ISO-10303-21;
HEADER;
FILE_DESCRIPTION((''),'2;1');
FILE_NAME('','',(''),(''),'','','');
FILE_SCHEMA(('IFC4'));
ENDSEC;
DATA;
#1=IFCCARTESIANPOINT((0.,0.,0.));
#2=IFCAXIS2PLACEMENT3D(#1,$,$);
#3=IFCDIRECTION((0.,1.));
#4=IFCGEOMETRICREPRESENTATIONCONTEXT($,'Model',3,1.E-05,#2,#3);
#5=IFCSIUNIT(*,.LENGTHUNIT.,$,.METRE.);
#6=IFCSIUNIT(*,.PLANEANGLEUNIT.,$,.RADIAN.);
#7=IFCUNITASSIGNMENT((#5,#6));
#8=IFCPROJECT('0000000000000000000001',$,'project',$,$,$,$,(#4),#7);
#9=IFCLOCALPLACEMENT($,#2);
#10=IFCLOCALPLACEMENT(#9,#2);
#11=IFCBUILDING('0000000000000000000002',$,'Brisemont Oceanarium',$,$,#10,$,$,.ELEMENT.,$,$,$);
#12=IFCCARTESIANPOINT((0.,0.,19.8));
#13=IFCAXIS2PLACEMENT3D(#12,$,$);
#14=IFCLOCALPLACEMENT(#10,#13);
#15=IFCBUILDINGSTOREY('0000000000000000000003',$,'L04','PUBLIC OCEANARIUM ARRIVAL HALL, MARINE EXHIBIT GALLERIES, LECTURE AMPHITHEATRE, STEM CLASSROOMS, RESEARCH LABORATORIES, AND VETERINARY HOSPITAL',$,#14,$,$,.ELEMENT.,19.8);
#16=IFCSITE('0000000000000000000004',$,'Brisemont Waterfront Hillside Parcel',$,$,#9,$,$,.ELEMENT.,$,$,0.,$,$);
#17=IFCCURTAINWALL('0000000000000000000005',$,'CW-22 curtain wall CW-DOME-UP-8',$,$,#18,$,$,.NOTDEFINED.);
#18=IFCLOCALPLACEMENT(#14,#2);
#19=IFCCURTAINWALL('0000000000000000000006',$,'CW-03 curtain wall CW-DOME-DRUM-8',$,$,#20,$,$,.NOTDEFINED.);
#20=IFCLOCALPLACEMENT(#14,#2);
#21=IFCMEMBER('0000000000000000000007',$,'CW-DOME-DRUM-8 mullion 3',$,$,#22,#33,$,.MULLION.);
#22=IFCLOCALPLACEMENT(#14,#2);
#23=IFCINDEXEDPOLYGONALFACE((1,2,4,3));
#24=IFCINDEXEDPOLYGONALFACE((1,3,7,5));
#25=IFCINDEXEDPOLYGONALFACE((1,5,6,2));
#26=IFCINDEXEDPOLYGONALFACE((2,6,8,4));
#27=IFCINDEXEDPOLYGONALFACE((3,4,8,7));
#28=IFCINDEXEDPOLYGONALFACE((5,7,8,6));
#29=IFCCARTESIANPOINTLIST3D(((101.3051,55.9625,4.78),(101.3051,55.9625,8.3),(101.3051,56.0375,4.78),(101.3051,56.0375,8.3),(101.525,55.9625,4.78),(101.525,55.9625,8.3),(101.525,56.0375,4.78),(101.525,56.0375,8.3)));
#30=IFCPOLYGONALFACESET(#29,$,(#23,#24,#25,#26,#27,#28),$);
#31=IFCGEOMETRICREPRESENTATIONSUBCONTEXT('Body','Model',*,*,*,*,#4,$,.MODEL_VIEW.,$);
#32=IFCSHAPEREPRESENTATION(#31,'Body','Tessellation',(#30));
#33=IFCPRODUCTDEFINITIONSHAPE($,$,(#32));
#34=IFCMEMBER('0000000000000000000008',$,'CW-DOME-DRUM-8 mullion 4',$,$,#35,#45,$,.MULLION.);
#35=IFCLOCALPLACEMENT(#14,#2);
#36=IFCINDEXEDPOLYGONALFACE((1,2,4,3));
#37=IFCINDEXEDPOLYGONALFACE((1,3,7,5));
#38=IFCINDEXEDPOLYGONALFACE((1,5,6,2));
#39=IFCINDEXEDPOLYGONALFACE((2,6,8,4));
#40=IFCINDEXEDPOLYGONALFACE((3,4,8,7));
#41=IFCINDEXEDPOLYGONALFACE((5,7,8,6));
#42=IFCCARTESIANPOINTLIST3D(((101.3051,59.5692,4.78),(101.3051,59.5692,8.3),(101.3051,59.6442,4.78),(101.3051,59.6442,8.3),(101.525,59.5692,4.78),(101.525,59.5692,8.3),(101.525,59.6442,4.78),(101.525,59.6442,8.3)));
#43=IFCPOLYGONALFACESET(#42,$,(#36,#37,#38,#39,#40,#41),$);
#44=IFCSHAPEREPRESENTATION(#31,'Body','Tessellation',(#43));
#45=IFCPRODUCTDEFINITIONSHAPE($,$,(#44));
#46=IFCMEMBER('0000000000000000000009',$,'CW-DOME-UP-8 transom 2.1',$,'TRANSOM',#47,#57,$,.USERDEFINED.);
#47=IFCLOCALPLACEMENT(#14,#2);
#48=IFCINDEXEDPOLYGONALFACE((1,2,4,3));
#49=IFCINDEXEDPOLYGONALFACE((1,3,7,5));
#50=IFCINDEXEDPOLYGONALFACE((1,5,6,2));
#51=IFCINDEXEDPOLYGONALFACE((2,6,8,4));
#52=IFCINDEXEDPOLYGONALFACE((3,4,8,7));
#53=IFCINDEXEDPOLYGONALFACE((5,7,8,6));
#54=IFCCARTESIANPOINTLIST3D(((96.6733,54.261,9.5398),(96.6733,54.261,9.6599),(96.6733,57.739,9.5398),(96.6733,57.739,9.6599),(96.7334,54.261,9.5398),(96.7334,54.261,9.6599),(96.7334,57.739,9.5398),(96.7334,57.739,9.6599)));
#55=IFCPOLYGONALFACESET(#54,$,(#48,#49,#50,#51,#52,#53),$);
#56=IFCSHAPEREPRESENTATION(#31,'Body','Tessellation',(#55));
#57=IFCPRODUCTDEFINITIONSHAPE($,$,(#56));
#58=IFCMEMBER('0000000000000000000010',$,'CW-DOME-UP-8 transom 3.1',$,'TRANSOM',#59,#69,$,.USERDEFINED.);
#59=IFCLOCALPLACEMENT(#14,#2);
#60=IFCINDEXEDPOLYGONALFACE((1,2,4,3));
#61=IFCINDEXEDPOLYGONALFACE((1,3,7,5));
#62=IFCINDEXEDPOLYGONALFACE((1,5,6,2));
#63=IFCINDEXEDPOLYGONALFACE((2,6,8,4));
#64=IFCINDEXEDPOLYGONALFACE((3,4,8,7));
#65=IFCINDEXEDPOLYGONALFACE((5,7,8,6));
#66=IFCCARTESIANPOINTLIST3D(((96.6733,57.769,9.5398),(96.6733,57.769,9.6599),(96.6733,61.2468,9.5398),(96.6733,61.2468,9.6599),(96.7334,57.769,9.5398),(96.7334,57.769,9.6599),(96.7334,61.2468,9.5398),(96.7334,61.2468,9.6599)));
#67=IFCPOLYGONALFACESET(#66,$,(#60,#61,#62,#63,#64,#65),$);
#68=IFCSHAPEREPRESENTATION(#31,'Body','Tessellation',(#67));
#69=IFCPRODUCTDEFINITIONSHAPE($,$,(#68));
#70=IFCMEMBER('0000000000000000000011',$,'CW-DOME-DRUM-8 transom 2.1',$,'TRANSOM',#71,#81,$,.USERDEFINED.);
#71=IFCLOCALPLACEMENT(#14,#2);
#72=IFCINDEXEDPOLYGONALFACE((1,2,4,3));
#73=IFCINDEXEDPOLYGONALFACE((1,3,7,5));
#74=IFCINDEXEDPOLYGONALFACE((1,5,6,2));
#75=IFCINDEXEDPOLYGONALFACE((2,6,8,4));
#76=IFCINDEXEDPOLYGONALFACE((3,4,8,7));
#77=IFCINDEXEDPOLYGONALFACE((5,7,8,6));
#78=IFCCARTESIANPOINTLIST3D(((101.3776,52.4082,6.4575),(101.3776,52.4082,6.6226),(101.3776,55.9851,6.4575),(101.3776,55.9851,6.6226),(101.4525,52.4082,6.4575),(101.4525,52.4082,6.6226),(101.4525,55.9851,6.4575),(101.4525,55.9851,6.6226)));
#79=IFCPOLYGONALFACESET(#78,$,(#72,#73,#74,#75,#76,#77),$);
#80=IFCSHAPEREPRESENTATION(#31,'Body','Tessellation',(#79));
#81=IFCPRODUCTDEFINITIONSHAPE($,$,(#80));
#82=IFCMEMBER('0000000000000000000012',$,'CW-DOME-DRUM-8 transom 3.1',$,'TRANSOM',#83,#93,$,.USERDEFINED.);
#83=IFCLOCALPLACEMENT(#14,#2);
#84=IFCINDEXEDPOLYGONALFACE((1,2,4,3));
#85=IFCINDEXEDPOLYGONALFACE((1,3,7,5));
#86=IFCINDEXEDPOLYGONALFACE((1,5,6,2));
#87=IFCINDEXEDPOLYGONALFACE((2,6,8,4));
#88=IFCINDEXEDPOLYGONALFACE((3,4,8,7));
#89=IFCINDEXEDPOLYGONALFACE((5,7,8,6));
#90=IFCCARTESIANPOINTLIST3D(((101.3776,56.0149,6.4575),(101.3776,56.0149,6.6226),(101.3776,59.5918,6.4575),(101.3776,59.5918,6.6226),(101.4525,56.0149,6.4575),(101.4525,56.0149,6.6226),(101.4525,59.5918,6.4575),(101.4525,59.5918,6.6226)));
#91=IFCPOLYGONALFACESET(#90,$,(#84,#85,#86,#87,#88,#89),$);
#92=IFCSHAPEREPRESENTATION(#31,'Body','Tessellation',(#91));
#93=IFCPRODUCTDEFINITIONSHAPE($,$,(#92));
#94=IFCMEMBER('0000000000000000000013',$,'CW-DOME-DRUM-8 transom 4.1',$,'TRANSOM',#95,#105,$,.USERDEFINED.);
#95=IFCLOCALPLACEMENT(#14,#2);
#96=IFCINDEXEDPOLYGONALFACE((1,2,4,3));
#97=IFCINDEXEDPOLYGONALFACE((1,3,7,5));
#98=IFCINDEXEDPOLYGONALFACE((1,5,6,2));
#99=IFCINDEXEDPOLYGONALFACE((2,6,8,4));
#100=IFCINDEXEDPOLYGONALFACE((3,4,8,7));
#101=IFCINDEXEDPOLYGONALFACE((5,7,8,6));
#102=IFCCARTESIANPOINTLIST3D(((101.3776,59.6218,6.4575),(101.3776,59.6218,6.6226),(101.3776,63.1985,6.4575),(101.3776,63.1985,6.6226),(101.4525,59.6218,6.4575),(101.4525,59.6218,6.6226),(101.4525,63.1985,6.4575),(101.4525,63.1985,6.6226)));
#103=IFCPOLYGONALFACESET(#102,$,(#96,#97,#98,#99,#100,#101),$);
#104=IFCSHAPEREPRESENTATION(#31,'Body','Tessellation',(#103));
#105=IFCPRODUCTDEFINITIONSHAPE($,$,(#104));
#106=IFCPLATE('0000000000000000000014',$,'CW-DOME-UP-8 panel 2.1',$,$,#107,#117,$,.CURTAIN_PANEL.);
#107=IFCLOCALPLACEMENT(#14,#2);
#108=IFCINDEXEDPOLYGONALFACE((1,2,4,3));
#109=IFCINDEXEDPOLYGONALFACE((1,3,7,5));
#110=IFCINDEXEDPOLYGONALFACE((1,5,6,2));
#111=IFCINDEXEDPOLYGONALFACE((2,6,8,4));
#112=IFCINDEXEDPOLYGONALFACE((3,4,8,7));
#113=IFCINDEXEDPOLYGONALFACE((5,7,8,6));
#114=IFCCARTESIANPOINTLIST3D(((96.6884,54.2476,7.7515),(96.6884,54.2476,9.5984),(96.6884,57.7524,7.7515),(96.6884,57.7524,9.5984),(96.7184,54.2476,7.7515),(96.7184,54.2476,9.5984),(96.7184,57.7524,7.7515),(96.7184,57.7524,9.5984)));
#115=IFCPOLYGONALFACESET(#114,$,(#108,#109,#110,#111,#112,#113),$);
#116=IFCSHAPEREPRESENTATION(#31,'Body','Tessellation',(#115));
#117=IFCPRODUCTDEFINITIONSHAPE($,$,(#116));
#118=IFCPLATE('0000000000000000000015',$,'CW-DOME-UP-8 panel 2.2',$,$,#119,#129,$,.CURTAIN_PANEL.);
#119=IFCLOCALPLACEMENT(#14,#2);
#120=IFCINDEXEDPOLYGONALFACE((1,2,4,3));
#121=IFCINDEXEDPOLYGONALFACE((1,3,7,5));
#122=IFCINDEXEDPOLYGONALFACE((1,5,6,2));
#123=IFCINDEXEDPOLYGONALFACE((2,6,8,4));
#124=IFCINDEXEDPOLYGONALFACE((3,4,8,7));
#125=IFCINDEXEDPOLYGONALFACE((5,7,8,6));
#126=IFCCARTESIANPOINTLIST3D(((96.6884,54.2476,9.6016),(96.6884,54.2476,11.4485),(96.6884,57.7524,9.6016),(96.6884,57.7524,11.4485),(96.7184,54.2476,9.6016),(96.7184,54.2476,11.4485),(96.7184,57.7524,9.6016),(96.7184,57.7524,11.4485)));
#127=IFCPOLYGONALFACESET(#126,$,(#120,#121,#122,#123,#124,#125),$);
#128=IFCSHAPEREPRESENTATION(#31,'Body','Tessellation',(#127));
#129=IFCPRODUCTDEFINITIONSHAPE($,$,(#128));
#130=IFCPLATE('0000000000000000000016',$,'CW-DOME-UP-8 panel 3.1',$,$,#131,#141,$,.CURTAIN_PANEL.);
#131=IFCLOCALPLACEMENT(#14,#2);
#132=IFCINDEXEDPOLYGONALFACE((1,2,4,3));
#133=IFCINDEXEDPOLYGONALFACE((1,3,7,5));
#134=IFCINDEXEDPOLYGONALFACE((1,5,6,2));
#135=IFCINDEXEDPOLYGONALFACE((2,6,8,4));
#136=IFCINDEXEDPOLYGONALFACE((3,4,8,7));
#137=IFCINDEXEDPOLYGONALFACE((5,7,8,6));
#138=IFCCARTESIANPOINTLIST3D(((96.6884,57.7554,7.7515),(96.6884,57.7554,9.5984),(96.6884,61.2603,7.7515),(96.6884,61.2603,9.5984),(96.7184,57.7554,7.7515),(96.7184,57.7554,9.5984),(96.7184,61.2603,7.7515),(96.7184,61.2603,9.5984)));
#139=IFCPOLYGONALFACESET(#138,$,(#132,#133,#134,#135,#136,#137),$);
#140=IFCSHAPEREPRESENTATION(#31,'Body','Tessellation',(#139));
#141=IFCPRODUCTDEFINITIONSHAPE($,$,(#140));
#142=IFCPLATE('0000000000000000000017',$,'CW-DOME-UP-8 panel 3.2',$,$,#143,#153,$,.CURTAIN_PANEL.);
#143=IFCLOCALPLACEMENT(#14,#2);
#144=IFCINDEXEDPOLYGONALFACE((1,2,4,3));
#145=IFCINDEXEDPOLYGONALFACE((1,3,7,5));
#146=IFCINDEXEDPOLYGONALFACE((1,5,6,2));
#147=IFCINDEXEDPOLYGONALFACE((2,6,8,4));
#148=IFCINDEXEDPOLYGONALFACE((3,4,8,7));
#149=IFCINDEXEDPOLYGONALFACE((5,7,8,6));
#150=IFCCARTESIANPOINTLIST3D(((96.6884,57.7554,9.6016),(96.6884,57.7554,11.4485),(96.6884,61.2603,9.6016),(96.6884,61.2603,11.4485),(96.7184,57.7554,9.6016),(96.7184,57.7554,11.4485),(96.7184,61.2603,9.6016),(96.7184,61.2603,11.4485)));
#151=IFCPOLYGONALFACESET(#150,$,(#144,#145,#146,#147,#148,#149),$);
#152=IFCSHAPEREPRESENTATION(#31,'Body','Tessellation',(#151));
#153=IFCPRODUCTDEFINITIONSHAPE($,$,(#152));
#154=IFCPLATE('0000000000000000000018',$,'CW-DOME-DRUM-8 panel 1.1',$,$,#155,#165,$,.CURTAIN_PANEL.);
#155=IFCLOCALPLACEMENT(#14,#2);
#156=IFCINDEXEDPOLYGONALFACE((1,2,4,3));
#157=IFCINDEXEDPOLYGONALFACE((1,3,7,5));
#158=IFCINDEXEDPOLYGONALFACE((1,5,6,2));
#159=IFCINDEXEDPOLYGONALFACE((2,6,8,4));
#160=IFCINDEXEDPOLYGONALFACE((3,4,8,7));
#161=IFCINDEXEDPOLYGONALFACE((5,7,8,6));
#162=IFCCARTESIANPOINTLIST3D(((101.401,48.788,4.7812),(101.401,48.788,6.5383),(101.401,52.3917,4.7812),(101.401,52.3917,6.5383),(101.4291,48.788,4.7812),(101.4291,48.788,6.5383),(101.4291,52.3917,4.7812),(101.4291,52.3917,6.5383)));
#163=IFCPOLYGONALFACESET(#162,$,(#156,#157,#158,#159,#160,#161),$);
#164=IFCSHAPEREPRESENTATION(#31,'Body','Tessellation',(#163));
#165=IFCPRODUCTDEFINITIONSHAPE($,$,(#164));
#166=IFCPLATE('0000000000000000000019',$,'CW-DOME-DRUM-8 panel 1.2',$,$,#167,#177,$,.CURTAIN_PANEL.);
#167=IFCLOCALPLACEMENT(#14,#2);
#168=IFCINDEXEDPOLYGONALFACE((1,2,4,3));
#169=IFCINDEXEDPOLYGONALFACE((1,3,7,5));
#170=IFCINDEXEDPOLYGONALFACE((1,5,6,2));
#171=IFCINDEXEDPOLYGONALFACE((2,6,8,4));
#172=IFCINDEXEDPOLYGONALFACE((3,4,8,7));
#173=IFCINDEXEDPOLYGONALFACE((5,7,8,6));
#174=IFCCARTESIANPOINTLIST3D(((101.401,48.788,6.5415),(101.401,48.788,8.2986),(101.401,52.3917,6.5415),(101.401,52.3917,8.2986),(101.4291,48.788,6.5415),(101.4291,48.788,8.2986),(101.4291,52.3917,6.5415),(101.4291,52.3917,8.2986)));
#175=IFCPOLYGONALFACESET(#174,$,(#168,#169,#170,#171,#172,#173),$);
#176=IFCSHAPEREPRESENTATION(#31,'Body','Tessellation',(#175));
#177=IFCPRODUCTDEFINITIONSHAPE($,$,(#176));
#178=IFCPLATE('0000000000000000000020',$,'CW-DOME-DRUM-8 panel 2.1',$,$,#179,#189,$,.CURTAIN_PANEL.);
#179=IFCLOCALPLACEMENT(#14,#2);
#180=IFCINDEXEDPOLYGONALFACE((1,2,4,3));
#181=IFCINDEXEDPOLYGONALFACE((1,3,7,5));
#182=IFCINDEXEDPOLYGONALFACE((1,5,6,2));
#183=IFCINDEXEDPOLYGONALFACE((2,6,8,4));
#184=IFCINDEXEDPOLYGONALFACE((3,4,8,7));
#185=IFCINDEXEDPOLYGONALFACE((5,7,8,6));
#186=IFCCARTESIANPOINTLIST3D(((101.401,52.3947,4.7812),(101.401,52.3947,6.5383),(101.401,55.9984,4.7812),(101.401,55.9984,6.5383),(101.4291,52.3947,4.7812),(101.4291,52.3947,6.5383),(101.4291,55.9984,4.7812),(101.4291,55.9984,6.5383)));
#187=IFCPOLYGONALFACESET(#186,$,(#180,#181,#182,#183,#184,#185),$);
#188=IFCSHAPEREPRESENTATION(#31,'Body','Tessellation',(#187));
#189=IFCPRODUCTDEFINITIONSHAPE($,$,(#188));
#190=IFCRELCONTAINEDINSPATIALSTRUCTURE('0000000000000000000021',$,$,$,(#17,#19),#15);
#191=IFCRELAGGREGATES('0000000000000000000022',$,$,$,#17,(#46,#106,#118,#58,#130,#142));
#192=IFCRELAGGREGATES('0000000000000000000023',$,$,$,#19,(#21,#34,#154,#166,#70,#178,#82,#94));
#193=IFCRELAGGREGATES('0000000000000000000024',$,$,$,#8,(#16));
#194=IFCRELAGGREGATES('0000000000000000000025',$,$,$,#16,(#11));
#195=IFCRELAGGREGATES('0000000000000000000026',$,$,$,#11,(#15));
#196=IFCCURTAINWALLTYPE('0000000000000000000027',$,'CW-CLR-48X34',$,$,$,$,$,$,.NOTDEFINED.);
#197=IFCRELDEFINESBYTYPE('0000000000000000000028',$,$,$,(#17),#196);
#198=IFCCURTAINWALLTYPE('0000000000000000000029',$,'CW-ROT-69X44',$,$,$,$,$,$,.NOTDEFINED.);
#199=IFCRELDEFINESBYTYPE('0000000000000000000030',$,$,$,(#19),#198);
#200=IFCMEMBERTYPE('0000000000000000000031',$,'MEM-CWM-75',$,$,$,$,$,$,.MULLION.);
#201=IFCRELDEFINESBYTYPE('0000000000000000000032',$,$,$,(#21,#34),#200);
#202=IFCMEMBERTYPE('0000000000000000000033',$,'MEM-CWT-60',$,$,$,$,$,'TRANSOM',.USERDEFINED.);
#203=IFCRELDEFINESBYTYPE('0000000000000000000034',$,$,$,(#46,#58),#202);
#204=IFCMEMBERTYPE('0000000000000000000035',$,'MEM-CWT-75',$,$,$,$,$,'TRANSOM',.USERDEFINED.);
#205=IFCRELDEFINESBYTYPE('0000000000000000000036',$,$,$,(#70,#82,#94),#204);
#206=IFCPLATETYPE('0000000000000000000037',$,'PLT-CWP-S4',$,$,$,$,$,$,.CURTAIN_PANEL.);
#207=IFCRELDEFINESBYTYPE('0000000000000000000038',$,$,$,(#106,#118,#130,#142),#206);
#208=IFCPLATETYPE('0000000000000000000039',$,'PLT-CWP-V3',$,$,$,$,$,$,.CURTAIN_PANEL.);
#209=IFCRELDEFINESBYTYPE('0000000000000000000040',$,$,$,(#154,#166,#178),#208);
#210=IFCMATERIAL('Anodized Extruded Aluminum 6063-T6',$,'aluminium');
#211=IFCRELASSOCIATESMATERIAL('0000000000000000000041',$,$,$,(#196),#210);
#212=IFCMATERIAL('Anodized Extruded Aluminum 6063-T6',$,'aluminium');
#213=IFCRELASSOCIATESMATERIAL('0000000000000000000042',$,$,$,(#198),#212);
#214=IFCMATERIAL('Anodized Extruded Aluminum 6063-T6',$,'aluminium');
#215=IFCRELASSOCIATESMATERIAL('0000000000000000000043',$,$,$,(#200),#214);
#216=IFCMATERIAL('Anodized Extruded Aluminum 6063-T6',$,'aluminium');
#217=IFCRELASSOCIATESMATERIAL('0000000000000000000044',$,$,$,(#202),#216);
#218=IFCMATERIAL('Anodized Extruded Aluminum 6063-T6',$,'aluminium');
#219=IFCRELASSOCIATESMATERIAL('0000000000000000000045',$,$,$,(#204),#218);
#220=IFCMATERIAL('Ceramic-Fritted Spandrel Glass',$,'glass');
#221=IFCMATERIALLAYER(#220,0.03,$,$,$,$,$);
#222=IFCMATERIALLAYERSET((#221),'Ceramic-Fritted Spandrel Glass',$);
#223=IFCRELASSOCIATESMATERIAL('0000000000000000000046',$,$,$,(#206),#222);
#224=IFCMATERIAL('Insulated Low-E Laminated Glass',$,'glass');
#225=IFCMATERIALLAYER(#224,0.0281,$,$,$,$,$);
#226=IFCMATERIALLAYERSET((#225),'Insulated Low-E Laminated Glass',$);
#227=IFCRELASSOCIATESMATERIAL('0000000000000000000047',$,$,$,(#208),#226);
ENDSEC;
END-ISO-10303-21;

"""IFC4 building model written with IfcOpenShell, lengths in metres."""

from ifc_helpers import new_model, si_unit, direction, frame, origin, origin_2d, place, context, subcontext, project, spatial, rectangle, extrude, material, layer, layer_set, material_profile, profile_set, type_object, element, aggregate, save


model = new_model("IFC4")

# Units and contexts
model_context = context("Model", 3, precision=1e-05, world=origin(), true_north=direction((0.0, 1.0)))
body_context = subcontext(model_context, "Body", "Model", "MODEL_VIEW")
ifc_project = project(units=[si_unit("LENGTHUNIT", "METRE"), si_unit("PLANEANGLEUNIT", "RADIAN")], contexts=[model_context])

# Site, building, storey
site_placement = place(None, origin())
site = spatial("IfcSite", under=ifc_project, at=site_placement, Name="Brisemont Waterfront Hillside Parcel", CompositionType="ELEMENT", RefElevation=0.0)
building_placement = place(site_placement, origin())
building = spatial("IfcBuilding", under=site, at=building_placement, Name="Brisemont Oceanarium", CompositionType="ELEMENT")
storey_placement = place(building_placement, frame((0.0, 0.0, 19.8)))
storey = spatial("IfcBuildingStorey", under=building, at=storey_placement, Name="L04", Description="PUBLIC OCEANARIUM ARRIVAL HALL, MARINE EXHIBIT GALLERIES, LECTURE AMPHITHEATRE, STEM CLASSROOMS, RESEARCH LABORATORIES, AND VETERINARY HOSPITAL", CompositionType="ELEMENT", Elevation=19.8)

# Curtain walls, members
ifc_material_1 = material(Name="Anodized Extruded Aluminum 6063-T6", Category="aluminium")
curtain_wall_type_1 = type_object("IfcCurtainWallType", Name="CW-CLR-48X34", PredefinedType="NOTDEFINED", material=ifc_material_1)
curtain_wall_1_placement = place(storey_placement, origin())
curtain_wall_1 = element("IfcCurtainWall", 1, at=curtain_wall_1_placement, inside=storey, type_object=curtain_wall_type_1, Name="CW-22 curtain wall CW-DOME-UP-8", PredefinedType="NOTDEFINED")
ifc_material_2 = material(Name="Anodized Extruded Aluminum 6063-T6", Category="aluminium")
curtain_wall_type_2 = type_object("IfcCurtainWallType", Name="CW-ROT-69X44", PredefinedType="NOTDEFINED", material=ifc_material_2)
curtain_wall_2_placement = place(storey_placement, origin())
curtain_wall_2 = element("IfcCurtainWall", 2, at=curtain_wall_2_placement, inside=storey, type_object=curtain_wall_type_2, Name="CW-03 curtain wall CW-DOME-DRUM-8", PredefinedType="NOTDEFINED")
ifc_material_3 = material(Name="Anodized Extruded Aluminum 6063-T6", Category="aluminium")
ifc_material_profile_1 = material_profile(ifc_material_3, rectangle(XDim=0.075, YDim=0.22, at=origin_2d()), Name="CWM-75X220")
ifc_profile_set_1 = profile_set([ifc_material_profile_1], Name="Anodized Extruded Aluminum 6063-T6")
member_type_1 = type_object("IfcMemberType", Name="MEM-CWM-75", PredefinedType="MULLION", material=ifc_profile_set_1)
member_1_placement = place(storey_placement, frame((101.415, 56.0, 4.78), z_axis=(0.0, 0.0, 1.0), x_axis=(0.0, 1.0, 0.0)))
member_1 = element("IfcMember", 3, at=member_1_placement, type_object=member_type_1, Name="CW-DOME-DRUM-8 mullion 3", PredefinedType="MULLION", context=body_context, shape_type="SweptSolid", body=[
    extrude(rectangle(XDim=0.075, YDim=0.22, at=origin_2d()), origin(), (0.0, 0.0, 1.0), 3.52),
])
member_2_placement = place(storey_placement, frame((101.415, 59.6067, 4.78), z_axis=(0.0, 0.0, 1.0), x_axis=(0.0, 1.0, 0.0)))
member_2 = element("IfcMember", 4, at=member_2_placement, type_object=member_type_1, Name="CW-DOME-DRUM-8 mullion 4", PredefinedType="MULLION", context=body_context, shape_type="SweptSolid", body=[
    extrude(rectangle(XDim=0.075, YDim=0.22, at=origin_2d()), origin(), (0.0, 0.0, 1.0), 3.52),
])

# Members
ifc_material_4 = material(Name="Anodized Extruded Aluminum 6063-T6", Category="aluminium")
ifc_material_profile_2 = material_profile(ifc_material_4, rectangle(XDim=0.0601, YDim=0.1201, at=origin_2d()), Name="CWT-60X120")
ifc_profile_set_2 = profile_set([ifc_material_profile_2], Name="Anodized Extruded Aluminum 6063-T6")
member_type_2 = type_object("IfcMemberType", Name="MEM-CWT-60", ElementType="TRANSOM", PredefinedType="USERDEFINED", material=ifc_profile_set_2)
member_3_placement = place(storey_placement, frame((96.7034, 54.261, 9.5999), z_axis=(0.0, 1.0, 0.0), x_axis=(-1.0, 0.0, 0.0)))
member_3 = element("IfcMember", 5, at=member_3_placement, type_object=member_type_2, Name="CW-DOME-UP-8 transom 2.1", ObjectType="TRANSOM", PredefinedType="USERDEFINED", context=body_context, shape_type="SweptSolid", body=[
    extrude(rectangle(XDim=0.0601, YDim=0.1201, at=origin_2d()), origin(), (0.0, 0.0, 1.0), 3.478),
])
member_4_placement = place(storey_placement, frame((96.7034, 57.769, 9.5999), z_axis=(0.0, 1.0, 0.0), x_axis=(-1.0, 0.0, 0.0)))
member_4 = element("IfcMember", 6, at=member_4_placement, type_object=member_type_2, Name="CW-DOME-UP-8 transom 3.1", ObjectType="TRANSOM", PredefinedType="USERDEFINED", context=body_context, shape_type="SweptSolid", body=[
    extrude(rectangle(XDim=0.0601, YDim=0.1201, at=origin_2d()), origin(), (0.0, 0.0, 1.0), 3.4778),
])
ifc_material_5 = material(Name="Anodized Extruded Aluminum 6063-T6", Category="aluminium")
ifc_material_profile_3 = material_profile(ifc_material_5, rectangle(XDim=0.075, YDim=0.165, at=origin_2d()), Name="CWT-75X165")
ifc_profile_set_3 = profile_set([ifc_material_profile_3], Name="Anodized Extruded Aluminum 6063-T6")
member_type_3 = type_object("IfcMemberType", Name="MEM-CWT-75", ElementType="TRANSOM", PredefinedType="USERDEFINED", material=ifc_profile_set_3)
member_5_placement = place(storey_placement, frame((101.415, 52.4082, 6.54), z_axis=(0.0, 1.0, 0.0), x_axis=(-1.0, 0.0, 0.0)))
member_5 = element("IfcMember", 7, at=member_5_placement, type_object=member_type_3, Name="CW-DOME-DRUM-8 transom 2.1", ObjectType="TRANSOM", PredefinedType="USERDEFINED", context=body_context, shape_type="SweptSolid", body=[
    extrude(rectangle(XDim=0.075, YDim=0.165, at=origin_2d()), origin(), (0.0, 0.0, 1.0), 3.5769),
])
member_6_placement = place(storey_placement, frame((101.415, 56.0149, 6.54), z_axis=(0.0, 1.0, 0.0), x_axis=(-1.0, 0.0, 0.0)))
member_6 = element("IfcMember", 8, at=member_6_placement, type_object=member_type_3, Name="CW-DOME-DRUM-8 transom 3.1", ObjectType="TRANSOM", PredefinedType="USERDEFINED", context=body_context, shape_type="SweptSolid", body=[
    extrude(rectangle(XDim=0.075, YDim=0.165, at=origin_2d()), origin(), (0.0, 0.0, 1.0), 3.5769),
])
member_7_placement = place(storey_placement, frame((101.415, 59.6218, 6.54), z_axis=(0.0, 1.0, 0.0), x_axis=(-1.0, 0.0, 0.0)))
member_7 = element("IfcMember", 9, at=member_7_placement, type_object=member_type_3, Name="CW-DOME-DRUM-8 transom 4.1", ObjectType="TRANSOM", PredefinedType="USERDEFINED", context=body_context, shape_type="SweptSolid", body=[
    extrude(rectangle(XDim=0.075, YDim=0.165, at=origin_2d()), origin(), (0.0, 0.0, 1.0), 3.5767),
])

# Plates
ifc_material_6 = material(Name="Ceramic-Fritted Spandrel Glass", Category="glass")
ifc_layer_1 = layer(ifc_material_6, 0.03)
ifc_layer_set_1 = layer_set([ifc_layer_1], Name="Ceramic-Fritted Spandrel Glass")
plate_type_1 = type_object("IfcPlateType", Name="PLT-CWP-S4", PredefinedType="CURTAIN_PANEL", material=ifc_layer_set_1)
plate_1_placement = place(storey_placement, frame((96.7034, 56.0, 7.7515), z_axis=(0.0, 0.0, 1.0), x_axis=(0.0, 1.0, 0.0)))
plate_1 = element("IfcPlate", 10, at=plate_1_placement, type_object=plate_type_1, Name="CW-DOME-UP-8 panel 2.1", PredefinedType="CURTAIN_PANEL", context=body_context, shape_type="SweptSolid", body=[
    extrude(rectangle(XDim=3.5049, YDim=0.03, at=origin_2d()), origin(), (0.0, 0.0, 1.0), 1.8469),
])
plate_2_placement = place(storey_placement, frame((96.7034, 56.0, 9.6016), z_axis=(0.0, 0.0, 1.0), x_axis=(0.0, 1.0, 0.0)))
plate_2 = element("IfcPlate", 11, at=plate_2_placement, type_object=plate_type_1, Name="CW-DOME-UP-8 panel 2.2", PredefinedType="CURTAIN_PANEL", context=body_context, shape_type="SweptSolid", body=[
    extrude(rectangle(XDim=3.5049, YDim=0.03, at=origin_2d()), origin(), (0.0, 0.0, 1.0), 1.8469),
])
plate_3_placement = place(storey_placement, frame((96.7034, 59.5078, 7.7515), z_axis=(0.0, 0.0, 1.0), x_axis=(0.0, 1.0, 0.0)))
plate_3 = element("IfcPlate", 12, at=plate_3_placement, type_object=plate_type_1, Name="CW-DOME-UP-8 panel 3.1", PredefinedType="CURTAIN_PANEL", context=body_context, shape_type="SweptSolid", body=[
    extrude(rectangle(XDim=3.5049, YDim=0.03, at=origin_2d()), origin(), (0.0, 0.0, 1.0), 1.8469),
])
plate_4_placement = place(storey_placement, frame((96.7034, 59.5078, 9.6016), z_axis=(0.0, 0.0, 1.0), x_axis=(0.0, 1.0, 0.0)))
plate_4 = element("IfcPlate", 13, at=plate_4_placement, type_object=plate_type_1, Name="CW-DOME-UP-8 panel 3.2", PredefinedType="CURTAIN_PANEL", context=body_context, shape_type="SweptSolid", body=[
    extrude(rectangle(XDim=3.5049, YDim=0.03, at=origin_2d()), origin(), (0.0, 0.0, 1.0), 1.8469),
])
aggregate(curtain_wall_1, [member_3, plate_1, plate_2, member_4, plate_3, plate_4])
ifc_material_7 = material(Name="Insulated Low-E Laminated Glass", Category="glass")
ifc_layer_2 = layer(ifc_material_7, 0.0281)
ifc_layer_set_2 = layer_set([ifc_layer_2], Name="Insulated Low-E Laminated Glass")
plate_type_2 = type_object("IfcPlateType", Name="PLT-CWP-V3", PredefinedType="CURTAIN_PANEL", material=ifc_layer_set_2)
plate_5_placement = place(storey_placement, frame((101.415, 50.5898, 4.7812), z_axis=(0.0, 0.0, 1.0), x_axis=(0.0, 1.0, 0.0)))
plate_5 = element("IfcPlate", 14, at=plate_5_placement, type_object=plate_type_2, Name="CW-DOME-DRUM-8 panel 1.1", PredefinedType="CURTAIN_PANEL", context=body_context, shape_type="SweptSolid", body=[
    extrude(rectangle(XDim=3.6038, YDim=0.0281, at=origin_2d()), origin(), (0.0, 0.0, 1.0), 1.7571),
])
plate_6_placement = place(storey_placement, frame((101.415, 50.5898, 6.5415), z_axis=(0.0, 0.0, 1.0), x_axis=(0.0, 1.0, 0.0)))
plate_6 = element("IfcPlate", 15, at=plate_6_placement, type_object=plate_type_2, Name="CW-DOME-DRUM-8 panel 1.2", PredefinedType="CURTAIN_PANEL", context=body_context, shape_type="SweptSolid", body=[
    extrude(rectangle(XDim=3.6038, YDim=0.0281, at=origin_2d()), origin(), (0.0, 0.0, 1.0), 1.7571),
])
plate_7_placement = place(storey_placement, frame((101.415, 54.1965, 4.7812), z_axis=(0.0, 0.0, 1.0), x_axis=(0.0, 1.0, 0.0)))
plate_7 = element("IfcPlate", 16, at=plate_7_placement, type_object=plate_type_2, Name="CW-DOME-DRUM-8 panel 2.1", PredefinedType="CURTAIN_PANEL", context=body_context, shape_type="SweptSolid", body=[
    extrude(rectangle(XDim=3.6038, YDim=0.0281, at=origin_2d()), origin(), (0.0, 0.0, 1.0), 1.7571),
])
aggregate(curtain_wall_2, [member_1, member_2, plate_5, plate_6, member_5, plate_7, member_6, member_7])

save(model, "model.ifc")
